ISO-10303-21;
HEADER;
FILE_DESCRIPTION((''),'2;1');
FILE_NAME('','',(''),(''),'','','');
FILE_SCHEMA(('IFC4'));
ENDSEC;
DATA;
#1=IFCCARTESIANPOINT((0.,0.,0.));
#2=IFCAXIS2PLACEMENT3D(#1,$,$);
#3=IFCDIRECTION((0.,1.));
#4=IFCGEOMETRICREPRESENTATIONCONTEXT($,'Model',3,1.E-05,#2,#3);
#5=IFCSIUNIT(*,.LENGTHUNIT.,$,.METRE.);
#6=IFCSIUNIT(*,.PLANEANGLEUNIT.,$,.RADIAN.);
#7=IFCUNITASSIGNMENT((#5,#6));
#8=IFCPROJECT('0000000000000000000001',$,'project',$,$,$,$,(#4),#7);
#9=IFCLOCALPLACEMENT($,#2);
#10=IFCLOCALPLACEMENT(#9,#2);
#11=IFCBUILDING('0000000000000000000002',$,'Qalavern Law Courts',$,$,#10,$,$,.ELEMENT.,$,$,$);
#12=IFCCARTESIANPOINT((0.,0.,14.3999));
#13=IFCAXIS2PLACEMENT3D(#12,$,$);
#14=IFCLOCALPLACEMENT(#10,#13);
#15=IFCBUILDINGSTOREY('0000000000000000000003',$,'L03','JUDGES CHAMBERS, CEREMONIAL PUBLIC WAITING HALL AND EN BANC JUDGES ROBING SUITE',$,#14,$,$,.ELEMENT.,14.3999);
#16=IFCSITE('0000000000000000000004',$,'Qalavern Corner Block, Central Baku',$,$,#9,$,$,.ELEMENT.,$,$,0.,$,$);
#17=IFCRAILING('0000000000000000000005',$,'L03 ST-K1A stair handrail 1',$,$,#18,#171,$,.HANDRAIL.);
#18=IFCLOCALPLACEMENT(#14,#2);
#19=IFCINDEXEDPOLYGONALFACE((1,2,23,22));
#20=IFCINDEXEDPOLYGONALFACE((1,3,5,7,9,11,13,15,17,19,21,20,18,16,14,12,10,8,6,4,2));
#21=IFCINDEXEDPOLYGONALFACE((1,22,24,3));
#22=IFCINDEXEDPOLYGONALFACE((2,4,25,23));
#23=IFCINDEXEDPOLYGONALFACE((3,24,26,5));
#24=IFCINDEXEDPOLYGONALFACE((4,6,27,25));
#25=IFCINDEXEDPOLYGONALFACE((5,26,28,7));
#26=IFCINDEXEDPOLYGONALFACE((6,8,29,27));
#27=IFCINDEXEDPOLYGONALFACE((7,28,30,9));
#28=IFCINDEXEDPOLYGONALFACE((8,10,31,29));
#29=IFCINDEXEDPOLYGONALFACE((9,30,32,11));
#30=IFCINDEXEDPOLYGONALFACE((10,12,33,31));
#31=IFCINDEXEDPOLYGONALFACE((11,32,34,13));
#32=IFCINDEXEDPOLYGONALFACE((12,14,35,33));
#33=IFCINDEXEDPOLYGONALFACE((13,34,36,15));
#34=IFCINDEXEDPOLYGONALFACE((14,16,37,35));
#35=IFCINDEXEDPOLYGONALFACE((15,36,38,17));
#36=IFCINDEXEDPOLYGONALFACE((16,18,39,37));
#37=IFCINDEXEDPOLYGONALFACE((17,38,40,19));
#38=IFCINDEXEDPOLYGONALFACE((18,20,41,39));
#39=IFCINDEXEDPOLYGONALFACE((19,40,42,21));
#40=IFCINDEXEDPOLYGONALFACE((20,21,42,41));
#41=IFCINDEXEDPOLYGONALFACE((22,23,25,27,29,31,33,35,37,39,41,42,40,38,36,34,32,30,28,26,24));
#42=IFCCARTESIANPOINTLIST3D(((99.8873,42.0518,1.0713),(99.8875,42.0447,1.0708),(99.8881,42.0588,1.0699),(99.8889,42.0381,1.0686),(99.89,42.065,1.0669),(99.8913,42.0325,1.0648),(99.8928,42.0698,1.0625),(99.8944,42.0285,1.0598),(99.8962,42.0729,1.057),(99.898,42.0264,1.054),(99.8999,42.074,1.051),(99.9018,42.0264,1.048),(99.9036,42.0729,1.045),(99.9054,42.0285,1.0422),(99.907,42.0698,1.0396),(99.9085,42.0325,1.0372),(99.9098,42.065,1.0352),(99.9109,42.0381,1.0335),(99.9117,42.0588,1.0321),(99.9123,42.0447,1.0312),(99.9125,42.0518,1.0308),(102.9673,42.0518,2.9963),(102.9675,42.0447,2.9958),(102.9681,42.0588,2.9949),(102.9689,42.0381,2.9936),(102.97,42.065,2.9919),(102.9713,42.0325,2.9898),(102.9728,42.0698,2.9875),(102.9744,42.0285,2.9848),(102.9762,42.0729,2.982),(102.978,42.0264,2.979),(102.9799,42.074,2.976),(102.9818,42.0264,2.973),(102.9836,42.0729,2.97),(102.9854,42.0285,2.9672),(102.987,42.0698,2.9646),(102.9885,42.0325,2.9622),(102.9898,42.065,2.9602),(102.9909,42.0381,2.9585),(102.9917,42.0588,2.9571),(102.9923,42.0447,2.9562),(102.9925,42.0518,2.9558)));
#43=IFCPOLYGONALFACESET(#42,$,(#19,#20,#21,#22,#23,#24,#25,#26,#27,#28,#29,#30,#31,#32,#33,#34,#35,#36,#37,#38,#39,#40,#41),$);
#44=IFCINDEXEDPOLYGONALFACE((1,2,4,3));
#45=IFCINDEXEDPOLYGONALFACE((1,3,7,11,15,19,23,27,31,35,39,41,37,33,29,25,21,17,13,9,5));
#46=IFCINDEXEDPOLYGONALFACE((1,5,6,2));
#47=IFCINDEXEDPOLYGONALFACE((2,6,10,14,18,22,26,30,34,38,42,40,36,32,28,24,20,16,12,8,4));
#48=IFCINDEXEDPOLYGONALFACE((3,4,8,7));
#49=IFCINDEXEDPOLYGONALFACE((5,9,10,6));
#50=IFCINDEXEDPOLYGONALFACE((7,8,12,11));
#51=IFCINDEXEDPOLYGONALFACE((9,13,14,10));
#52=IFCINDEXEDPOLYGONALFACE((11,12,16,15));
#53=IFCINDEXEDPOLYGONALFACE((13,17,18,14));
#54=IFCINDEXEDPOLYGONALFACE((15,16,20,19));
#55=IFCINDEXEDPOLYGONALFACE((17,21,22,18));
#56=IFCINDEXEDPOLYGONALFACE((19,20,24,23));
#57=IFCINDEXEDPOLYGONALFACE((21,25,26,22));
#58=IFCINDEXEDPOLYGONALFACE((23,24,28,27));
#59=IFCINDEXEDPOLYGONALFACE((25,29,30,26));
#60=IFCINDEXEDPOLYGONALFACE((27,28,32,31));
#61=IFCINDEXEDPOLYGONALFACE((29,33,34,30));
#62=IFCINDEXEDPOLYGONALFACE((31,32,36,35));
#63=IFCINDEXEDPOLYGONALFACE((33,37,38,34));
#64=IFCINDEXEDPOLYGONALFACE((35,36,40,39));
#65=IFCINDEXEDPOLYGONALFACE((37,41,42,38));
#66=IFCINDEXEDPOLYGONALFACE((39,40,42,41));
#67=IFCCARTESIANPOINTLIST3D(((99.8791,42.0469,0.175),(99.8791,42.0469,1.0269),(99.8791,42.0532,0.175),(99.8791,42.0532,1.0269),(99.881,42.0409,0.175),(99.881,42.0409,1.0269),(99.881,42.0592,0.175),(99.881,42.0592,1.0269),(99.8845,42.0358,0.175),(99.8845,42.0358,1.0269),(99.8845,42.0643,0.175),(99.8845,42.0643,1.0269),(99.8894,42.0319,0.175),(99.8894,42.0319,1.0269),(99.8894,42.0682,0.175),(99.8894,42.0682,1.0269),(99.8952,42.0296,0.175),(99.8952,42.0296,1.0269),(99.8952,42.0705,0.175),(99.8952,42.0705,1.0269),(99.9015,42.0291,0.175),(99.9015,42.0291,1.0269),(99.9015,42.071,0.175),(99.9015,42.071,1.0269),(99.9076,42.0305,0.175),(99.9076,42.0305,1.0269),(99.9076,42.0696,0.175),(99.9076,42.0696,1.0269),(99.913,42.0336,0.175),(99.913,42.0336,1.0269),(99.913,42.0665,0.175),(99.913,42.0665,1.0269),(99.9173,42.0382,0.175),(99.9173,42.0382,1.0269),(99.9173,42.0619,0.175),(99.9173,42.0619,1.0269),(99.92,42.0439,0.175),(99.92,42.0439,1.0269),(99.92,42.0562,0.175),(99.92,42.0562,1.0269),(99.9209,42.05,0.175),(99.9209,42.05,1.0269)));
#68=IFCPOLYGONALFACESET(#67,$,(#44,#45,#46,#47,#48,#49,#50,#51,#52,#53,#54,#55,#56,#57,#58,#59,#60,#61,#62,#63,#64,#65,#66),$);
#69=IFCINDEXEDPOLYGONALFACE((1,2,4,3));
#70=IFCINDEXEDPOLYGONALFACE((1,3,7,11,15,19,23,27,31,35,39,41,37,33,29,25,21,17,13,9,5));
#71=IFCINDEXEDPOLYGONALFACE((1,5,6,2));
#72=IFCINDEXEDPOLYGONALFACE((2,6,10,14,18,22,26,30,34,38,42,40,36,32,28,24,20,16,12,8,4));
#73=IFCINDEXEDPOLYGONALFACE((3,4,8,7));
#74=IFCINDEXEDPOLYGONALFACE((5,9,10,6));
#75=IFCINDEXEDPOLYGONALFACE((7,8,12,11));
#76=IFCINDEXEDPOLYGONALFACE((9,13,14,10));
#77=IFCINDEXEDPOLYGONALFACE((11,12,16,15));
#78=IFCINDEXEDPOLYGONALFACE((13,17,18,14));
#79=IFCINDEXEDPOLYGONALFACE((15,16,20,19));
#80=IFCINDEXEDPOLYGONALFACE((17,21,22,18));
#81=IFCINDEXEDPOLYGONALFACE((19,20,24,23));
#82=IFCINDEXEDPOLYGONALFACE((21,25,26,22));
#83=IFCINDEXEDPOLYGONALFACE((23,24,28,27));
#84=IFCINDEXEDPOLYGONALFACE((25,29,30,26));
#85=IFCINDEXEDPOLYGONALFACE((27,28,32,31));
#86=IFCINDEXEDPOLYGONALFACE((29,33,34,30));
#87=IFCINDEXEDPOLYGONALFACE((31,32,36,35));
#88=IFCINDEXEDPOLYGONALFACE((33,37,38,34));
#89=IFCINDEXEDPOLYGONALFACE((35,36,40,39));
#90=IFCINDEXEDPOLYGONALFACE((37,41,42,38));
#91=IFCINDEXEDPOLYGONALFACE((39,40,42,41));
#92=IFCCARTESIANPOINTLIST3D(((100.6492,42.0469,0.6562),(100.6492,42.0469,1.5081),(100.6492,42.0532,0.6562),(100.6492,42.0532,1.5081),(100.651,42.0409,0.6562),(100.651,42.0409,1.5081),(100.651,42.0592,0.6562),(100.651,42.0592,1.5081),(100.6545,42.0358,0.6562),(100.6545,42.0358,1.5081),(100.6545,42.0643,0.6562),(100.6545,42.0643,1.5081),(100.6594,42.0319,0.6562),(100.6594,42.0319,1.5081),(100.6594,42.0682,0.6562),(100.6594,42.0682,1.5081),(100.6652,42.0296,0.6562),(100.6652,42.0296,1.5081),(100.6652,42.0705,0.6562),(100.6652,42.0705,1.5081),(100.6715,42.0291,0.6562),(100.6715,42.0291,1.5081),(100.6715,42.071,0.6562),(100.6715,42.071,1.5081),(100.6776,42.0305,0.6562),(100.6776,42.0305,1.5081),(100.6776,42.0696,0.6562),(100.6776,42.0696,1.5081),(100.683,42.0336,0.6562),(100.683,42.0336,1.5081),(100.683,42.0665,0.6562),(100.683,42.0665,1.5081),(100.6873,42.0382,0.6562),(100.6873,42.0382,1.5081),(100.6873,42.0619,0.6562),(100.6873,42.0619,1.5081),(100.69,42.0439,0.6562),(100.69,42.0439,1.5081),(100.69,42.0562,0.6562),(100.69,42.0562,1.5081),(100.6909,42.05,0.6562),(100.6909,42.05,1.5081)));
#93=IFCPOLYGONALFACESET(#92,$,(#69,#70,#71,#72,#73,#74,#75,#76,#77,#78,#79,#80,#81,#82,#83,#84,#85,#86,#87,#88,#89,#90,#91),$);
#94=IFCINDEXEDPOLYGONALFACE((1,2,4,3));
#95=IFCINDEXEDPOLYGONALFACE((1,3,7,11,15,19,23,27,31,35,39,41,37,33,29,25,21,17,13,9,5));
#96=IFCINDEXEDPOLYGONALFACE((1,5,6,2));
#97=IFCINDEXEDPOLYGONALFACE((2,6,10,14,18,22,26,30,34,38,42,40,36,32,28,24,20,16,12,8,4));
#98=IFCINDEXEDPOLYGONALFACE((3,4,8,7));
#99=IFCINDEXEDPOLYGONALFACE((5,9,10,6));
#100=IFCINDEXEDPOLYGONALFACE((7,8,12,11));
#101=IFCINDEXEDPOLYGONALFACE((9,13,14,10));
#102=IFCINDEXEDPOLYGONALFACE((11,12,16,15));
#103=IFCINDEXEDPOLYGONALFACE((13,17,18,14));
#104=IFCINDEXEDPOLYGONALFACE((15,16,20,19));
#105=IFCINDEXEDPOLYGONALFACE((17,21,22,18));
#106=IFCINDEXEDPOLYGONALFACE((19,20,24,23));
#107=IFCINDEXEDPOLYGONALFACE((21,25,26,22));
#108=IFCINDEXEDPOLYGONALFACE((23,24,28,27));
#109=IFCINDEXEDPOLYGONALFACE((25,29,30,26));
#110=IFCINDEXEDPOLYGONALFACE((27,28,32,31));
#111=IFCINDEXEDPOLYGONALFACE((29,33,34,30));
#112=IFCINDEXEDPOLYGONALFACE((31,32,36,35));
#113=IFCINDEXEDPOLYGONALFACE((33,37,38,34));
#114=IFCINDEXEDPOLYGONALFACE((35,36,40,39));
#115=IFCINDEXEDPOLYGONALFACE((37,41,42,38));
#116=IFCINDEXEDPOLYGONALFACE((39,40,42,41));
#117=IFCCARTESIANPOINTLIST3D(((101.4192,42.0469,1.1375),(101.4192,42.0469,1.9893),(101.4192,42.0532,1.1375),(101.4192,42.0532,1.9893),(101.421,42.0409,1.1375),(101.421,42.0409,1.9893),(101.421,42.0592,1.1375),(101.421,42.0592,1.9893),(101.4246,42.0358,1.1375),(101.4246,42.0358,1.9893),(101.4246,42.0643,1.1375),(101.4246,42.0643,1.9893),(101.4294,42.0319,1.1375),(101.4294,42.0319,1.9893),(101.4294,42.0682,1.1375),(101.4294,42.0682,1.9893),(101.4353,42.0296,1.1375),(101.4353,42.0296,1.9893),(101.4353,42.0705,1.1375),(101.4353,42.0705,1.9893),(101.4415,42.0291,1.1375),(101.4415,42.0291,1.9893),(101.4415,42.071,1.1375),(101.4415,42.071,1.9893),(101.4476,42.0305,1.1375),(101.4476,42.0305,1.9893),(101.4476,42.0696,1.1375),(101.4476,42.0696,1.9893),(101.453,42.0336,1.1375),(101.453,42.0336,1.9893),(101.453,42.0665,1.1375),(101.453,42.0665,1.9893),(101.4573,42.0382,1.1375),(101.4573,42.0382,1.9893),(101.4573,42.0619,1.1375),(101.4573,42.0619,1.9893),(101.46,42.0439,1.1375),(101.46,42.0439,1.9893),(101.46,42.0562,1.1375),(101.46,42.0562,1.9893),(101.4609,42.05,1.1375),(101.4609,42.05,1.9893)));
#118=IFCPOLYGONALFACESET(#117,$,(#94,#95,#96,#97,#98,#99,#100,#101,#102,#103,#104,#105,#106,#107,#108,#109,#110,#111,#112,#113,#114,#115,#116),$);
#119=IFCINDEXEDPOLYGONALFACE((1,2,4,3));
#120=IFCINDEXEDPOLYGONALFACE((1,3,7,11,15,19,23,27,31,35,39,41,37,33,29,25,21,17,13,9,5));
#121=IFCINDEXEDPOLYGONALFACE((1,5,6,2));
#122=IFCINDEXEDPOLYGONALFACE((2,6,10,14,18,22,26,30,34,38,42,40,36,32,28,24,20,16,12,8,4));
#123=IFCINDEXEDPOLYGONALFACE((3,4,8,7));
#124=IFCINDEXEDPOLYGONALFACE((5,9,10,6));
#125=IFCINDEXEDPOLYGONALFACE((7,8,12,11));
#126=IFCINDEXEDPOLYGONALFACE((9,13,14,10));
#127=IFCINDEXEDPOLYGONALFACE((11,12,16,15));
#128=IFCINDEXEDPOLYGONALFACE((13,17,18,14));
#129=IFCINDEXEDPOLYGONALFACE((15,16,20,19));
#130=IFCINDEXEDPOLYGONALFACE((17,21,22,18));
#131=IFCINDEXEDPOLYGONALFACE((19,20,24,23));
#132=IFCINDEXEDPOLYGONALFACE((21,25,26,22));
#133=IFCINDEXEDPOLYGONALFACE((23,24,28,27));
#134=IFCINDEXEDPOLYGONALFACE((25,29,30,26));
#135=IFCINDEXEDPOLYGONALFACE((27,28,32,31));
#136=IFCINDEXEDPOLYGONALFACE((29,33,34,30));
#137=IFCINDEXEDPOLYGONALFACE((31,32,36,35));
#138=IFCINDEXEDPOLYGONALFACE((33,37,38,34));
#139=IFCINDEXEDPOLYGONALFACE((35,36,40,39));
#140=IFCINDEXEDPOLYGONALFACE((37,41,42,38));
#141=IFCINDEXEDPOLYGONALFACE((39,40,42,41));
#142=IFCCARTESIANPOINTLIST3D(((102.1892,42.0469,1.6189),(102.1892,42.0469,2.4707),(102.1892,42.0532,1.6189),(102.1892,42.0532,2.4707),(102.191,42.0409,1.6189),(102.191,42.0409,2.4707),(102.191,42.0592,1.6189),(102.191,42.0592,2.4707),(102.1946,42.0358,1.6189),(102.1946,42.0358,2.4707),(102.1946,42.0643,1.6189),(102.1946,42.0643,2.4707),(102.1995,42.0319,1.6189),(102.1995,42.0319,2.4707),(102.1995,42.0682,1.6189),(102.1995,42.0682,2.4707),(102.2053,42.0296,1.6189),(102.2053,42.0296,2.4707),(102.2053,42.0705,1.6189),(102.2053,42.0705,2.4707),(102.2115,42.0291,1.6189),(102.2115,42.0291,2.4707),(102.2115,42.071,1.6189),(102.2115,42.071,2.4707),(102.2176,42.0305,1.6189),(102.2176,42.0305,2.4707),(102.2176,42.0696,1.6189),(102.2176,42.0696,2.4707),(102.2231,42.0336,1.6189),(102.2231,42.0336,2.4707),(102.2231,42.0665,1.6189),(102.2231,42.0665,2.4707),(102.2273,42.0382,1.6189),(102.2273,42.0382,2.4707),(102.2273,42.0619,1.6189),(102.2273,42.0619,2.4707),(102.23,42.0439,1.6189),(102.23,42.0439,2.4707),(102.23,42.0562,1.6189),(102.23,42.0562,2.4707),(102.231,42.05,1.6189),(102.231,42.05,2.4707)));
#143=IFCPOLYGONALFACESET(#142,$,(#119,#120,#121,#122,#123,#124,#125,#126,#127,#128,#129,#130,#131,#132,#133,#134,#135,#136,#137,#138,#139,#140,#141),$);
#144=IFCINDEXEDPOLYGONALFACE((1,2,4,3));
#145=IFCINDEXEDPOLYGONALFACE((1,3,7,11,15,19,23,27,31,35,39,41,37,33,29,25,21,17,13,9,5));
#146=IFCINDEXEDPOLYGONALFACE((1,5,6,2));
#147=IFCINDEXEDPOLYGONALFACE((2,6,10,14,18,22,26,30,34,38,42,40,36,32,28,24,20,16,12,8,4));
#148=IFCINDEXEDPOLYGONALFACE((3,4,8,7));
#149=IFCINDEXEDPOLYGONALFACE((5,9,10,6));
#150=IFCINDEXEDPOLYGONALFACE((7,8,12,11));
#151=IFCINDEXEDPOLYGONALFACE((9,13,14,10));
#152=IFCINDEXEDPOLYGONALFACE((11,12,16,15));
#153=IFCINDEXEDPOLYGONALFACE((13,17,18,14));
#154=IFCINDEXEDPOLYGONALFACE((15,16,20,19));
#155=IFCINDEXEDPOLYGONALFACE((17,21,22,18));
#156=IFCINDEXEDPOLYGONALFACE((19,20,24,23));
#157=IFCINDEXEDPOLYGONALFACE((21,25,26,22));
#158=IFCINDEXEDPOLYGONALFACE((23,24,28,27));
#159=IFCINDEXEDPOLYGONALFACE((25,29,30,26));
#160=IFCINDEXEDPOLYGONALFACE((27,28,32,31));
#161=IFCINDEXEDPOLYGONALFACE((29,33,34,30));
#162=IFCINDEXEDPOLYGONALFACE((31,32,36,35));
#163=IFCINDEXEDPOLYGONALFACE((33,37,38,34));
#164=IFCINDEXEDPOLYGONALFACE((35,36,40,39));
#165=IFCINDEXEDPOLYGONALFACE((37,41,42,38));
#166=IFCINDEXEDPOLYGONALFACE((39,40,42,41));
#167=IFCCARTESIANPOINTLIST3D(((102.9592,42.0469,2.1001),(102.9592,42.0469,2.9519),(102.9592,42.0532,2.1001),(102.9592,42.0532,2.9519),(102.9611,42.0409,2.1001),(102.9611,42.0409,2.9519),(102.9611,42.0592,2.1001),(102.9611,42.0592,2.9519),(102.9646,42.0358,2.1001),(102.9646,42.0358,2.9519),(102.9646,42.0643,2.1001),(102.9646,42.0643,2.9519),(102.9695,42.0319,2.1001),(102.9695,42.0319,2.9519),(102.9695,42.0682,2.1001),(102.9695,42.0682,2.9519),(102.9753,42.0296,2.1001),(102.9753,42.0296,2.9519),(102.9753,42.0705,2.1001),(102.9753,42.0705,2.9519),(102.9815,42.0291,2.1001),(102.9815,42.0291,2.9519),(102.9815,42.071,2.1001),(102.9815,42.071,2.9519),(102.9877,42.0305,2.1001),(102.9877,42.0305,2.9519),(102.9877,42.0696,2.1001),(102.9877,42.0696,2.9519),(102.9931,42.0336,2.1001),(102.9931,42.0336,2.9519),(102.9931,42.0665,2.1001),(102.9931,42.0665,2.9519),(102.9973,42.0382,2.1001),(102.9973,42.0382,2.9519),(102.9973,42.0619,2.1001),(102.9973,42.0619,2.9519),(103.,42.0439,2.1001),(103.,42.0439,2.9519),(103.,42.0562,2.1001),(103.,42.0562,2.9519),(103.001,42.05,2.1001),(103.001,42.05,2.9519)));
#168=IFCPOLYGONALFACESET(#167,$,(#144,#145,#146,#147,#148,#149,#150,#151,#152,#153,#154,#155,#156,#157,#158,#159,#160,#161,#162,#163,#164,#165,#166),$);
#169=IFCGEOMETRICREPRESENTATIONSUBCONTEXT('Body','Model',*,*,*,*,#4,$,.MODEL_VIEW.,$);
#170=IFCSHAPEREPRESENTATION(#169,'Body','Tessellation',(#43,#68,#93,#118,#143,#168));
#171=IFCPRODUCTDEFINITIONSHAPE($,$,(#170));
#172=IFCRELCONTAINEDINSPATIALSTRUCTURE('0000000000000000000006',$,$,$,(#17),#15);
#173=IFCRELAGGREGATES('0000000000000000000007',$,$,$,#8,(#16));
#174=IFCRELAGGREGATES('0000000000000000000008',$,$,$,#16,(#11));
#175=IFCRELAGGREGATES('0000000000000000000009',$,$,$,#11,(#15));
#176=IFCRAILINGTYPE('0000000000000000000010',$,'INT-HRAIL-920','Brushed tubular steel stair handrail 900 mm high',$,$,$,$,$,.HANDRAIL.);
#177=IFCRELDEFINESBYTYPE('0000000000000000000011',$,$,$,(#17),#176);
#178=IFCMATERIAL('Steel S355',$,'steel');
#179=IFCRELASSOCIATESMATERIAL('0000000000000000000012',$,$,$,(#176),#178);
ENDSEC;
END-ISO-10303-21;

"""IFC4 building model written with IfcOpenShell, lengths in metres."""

from ifc_helpers import new_model, si_unit, direction, frame, origin, origin_2d, place, context, subcontext, project, spatial, circle, extrude, material, type_object, element, save


model = new_model("IFC4")

# Units and contexts
model_context = context("Model", 3, precision=1e-05, world=origin(), true_north=direction((0.0, 1.0)))
body_context = subcontext(model_context, "Body", "Model", "MODEL_VIEW")
ifc_project = project(units=[si_unit("LENGTHUNIT", "METRE"), si_unit("PLANEANGLEUNIT", "RADIAN")], contexts=[model_context])

# Site, building, storey
site_placement = place(None, origin())
site = spatial("IfcSite", under=ifc_project, at=site_placement, Name="Qalavern Corner Block, Central Baku", CompositionType="ELEMENT", RefElevation=0.0)
building_placement = place(site_placement, origin())
building = spatial("IfcBuilding", under=site, at=building_placement, Name="Qalavern Law Courts", CompositionType="ELEMENT")
storey_placement = place(building_placement, frame((0.0, 0.0, 14.3999)))
storey = spatial("IfcBuildingStorey", under=building, at=storey_placement, Name="L03", Description="JUDGES CHAMBERS, CEREMONIAL PUBLIC WAITING HALL AND EN BANC JUDGES ROBING SUITE", CompositionType="ELEMENT", Elevation=14.3999)

# Shared definitions
ifc_material_1 = material(Name="Steel S355", Category="steel")

# Railing
railing_type_1 = type_object("IfcRailingType", Name="INT-HRAIL-920", Description="Brushed tubular steel stair handrail 900 mm high", PredefinedType="HANDRAIL", material=ifc_material_1)
railing_1_placement = place(storey_placement, frame((99.8999, 42.05, 0.175)))
element("IfcRailing", 1, at=railing_1_placement, inside=storey, type_object=railing_type_1, Name="L03 ST-K1A stair handrail 1", PredefinedType="HANDRAIL", context=body_context, shape_type="SweptSolid", body=[
    extrude(circle(Radius=0.0239, at=origin_2d()), frame((0.0, 0.0, 0.876), z_axis=(0.847998, 0.0, 0.529999), x_axis=(0.0, 1.0, 0.0)), (0.0, 0.0, 1.0), 3.6321),
    extrude(circle(Radius=0.021, at=origin_2d()), origin(), (0.0, 0.0, 1.0), 0.8518),
    extrude(circle(Radius=0.021, at=origin_2d()), frame((0.77, 0.0, 0.4812)), (0.0, 0.0, 1.0), 0.8518),
    extrude(circle(Radius=0.021, at=origin_2d()), frame((1.54, 0.0, 0.9624)), (0.0, 0.0, 1.0), 0.8518),
    extrude(circle(Radius=0.021, at=origin_2d()), frame((2.3101, 0.0, 1.4438)), (0.0, 0.0, 1.0), 0.8518),
    extrude(circle(Radius=0.021, at=origin_2d()), frame((3.0801, 0.0, 1.925)), (0.0, 0.0, 1.0), 0.8518),
])

save(model, "model.ifc")
